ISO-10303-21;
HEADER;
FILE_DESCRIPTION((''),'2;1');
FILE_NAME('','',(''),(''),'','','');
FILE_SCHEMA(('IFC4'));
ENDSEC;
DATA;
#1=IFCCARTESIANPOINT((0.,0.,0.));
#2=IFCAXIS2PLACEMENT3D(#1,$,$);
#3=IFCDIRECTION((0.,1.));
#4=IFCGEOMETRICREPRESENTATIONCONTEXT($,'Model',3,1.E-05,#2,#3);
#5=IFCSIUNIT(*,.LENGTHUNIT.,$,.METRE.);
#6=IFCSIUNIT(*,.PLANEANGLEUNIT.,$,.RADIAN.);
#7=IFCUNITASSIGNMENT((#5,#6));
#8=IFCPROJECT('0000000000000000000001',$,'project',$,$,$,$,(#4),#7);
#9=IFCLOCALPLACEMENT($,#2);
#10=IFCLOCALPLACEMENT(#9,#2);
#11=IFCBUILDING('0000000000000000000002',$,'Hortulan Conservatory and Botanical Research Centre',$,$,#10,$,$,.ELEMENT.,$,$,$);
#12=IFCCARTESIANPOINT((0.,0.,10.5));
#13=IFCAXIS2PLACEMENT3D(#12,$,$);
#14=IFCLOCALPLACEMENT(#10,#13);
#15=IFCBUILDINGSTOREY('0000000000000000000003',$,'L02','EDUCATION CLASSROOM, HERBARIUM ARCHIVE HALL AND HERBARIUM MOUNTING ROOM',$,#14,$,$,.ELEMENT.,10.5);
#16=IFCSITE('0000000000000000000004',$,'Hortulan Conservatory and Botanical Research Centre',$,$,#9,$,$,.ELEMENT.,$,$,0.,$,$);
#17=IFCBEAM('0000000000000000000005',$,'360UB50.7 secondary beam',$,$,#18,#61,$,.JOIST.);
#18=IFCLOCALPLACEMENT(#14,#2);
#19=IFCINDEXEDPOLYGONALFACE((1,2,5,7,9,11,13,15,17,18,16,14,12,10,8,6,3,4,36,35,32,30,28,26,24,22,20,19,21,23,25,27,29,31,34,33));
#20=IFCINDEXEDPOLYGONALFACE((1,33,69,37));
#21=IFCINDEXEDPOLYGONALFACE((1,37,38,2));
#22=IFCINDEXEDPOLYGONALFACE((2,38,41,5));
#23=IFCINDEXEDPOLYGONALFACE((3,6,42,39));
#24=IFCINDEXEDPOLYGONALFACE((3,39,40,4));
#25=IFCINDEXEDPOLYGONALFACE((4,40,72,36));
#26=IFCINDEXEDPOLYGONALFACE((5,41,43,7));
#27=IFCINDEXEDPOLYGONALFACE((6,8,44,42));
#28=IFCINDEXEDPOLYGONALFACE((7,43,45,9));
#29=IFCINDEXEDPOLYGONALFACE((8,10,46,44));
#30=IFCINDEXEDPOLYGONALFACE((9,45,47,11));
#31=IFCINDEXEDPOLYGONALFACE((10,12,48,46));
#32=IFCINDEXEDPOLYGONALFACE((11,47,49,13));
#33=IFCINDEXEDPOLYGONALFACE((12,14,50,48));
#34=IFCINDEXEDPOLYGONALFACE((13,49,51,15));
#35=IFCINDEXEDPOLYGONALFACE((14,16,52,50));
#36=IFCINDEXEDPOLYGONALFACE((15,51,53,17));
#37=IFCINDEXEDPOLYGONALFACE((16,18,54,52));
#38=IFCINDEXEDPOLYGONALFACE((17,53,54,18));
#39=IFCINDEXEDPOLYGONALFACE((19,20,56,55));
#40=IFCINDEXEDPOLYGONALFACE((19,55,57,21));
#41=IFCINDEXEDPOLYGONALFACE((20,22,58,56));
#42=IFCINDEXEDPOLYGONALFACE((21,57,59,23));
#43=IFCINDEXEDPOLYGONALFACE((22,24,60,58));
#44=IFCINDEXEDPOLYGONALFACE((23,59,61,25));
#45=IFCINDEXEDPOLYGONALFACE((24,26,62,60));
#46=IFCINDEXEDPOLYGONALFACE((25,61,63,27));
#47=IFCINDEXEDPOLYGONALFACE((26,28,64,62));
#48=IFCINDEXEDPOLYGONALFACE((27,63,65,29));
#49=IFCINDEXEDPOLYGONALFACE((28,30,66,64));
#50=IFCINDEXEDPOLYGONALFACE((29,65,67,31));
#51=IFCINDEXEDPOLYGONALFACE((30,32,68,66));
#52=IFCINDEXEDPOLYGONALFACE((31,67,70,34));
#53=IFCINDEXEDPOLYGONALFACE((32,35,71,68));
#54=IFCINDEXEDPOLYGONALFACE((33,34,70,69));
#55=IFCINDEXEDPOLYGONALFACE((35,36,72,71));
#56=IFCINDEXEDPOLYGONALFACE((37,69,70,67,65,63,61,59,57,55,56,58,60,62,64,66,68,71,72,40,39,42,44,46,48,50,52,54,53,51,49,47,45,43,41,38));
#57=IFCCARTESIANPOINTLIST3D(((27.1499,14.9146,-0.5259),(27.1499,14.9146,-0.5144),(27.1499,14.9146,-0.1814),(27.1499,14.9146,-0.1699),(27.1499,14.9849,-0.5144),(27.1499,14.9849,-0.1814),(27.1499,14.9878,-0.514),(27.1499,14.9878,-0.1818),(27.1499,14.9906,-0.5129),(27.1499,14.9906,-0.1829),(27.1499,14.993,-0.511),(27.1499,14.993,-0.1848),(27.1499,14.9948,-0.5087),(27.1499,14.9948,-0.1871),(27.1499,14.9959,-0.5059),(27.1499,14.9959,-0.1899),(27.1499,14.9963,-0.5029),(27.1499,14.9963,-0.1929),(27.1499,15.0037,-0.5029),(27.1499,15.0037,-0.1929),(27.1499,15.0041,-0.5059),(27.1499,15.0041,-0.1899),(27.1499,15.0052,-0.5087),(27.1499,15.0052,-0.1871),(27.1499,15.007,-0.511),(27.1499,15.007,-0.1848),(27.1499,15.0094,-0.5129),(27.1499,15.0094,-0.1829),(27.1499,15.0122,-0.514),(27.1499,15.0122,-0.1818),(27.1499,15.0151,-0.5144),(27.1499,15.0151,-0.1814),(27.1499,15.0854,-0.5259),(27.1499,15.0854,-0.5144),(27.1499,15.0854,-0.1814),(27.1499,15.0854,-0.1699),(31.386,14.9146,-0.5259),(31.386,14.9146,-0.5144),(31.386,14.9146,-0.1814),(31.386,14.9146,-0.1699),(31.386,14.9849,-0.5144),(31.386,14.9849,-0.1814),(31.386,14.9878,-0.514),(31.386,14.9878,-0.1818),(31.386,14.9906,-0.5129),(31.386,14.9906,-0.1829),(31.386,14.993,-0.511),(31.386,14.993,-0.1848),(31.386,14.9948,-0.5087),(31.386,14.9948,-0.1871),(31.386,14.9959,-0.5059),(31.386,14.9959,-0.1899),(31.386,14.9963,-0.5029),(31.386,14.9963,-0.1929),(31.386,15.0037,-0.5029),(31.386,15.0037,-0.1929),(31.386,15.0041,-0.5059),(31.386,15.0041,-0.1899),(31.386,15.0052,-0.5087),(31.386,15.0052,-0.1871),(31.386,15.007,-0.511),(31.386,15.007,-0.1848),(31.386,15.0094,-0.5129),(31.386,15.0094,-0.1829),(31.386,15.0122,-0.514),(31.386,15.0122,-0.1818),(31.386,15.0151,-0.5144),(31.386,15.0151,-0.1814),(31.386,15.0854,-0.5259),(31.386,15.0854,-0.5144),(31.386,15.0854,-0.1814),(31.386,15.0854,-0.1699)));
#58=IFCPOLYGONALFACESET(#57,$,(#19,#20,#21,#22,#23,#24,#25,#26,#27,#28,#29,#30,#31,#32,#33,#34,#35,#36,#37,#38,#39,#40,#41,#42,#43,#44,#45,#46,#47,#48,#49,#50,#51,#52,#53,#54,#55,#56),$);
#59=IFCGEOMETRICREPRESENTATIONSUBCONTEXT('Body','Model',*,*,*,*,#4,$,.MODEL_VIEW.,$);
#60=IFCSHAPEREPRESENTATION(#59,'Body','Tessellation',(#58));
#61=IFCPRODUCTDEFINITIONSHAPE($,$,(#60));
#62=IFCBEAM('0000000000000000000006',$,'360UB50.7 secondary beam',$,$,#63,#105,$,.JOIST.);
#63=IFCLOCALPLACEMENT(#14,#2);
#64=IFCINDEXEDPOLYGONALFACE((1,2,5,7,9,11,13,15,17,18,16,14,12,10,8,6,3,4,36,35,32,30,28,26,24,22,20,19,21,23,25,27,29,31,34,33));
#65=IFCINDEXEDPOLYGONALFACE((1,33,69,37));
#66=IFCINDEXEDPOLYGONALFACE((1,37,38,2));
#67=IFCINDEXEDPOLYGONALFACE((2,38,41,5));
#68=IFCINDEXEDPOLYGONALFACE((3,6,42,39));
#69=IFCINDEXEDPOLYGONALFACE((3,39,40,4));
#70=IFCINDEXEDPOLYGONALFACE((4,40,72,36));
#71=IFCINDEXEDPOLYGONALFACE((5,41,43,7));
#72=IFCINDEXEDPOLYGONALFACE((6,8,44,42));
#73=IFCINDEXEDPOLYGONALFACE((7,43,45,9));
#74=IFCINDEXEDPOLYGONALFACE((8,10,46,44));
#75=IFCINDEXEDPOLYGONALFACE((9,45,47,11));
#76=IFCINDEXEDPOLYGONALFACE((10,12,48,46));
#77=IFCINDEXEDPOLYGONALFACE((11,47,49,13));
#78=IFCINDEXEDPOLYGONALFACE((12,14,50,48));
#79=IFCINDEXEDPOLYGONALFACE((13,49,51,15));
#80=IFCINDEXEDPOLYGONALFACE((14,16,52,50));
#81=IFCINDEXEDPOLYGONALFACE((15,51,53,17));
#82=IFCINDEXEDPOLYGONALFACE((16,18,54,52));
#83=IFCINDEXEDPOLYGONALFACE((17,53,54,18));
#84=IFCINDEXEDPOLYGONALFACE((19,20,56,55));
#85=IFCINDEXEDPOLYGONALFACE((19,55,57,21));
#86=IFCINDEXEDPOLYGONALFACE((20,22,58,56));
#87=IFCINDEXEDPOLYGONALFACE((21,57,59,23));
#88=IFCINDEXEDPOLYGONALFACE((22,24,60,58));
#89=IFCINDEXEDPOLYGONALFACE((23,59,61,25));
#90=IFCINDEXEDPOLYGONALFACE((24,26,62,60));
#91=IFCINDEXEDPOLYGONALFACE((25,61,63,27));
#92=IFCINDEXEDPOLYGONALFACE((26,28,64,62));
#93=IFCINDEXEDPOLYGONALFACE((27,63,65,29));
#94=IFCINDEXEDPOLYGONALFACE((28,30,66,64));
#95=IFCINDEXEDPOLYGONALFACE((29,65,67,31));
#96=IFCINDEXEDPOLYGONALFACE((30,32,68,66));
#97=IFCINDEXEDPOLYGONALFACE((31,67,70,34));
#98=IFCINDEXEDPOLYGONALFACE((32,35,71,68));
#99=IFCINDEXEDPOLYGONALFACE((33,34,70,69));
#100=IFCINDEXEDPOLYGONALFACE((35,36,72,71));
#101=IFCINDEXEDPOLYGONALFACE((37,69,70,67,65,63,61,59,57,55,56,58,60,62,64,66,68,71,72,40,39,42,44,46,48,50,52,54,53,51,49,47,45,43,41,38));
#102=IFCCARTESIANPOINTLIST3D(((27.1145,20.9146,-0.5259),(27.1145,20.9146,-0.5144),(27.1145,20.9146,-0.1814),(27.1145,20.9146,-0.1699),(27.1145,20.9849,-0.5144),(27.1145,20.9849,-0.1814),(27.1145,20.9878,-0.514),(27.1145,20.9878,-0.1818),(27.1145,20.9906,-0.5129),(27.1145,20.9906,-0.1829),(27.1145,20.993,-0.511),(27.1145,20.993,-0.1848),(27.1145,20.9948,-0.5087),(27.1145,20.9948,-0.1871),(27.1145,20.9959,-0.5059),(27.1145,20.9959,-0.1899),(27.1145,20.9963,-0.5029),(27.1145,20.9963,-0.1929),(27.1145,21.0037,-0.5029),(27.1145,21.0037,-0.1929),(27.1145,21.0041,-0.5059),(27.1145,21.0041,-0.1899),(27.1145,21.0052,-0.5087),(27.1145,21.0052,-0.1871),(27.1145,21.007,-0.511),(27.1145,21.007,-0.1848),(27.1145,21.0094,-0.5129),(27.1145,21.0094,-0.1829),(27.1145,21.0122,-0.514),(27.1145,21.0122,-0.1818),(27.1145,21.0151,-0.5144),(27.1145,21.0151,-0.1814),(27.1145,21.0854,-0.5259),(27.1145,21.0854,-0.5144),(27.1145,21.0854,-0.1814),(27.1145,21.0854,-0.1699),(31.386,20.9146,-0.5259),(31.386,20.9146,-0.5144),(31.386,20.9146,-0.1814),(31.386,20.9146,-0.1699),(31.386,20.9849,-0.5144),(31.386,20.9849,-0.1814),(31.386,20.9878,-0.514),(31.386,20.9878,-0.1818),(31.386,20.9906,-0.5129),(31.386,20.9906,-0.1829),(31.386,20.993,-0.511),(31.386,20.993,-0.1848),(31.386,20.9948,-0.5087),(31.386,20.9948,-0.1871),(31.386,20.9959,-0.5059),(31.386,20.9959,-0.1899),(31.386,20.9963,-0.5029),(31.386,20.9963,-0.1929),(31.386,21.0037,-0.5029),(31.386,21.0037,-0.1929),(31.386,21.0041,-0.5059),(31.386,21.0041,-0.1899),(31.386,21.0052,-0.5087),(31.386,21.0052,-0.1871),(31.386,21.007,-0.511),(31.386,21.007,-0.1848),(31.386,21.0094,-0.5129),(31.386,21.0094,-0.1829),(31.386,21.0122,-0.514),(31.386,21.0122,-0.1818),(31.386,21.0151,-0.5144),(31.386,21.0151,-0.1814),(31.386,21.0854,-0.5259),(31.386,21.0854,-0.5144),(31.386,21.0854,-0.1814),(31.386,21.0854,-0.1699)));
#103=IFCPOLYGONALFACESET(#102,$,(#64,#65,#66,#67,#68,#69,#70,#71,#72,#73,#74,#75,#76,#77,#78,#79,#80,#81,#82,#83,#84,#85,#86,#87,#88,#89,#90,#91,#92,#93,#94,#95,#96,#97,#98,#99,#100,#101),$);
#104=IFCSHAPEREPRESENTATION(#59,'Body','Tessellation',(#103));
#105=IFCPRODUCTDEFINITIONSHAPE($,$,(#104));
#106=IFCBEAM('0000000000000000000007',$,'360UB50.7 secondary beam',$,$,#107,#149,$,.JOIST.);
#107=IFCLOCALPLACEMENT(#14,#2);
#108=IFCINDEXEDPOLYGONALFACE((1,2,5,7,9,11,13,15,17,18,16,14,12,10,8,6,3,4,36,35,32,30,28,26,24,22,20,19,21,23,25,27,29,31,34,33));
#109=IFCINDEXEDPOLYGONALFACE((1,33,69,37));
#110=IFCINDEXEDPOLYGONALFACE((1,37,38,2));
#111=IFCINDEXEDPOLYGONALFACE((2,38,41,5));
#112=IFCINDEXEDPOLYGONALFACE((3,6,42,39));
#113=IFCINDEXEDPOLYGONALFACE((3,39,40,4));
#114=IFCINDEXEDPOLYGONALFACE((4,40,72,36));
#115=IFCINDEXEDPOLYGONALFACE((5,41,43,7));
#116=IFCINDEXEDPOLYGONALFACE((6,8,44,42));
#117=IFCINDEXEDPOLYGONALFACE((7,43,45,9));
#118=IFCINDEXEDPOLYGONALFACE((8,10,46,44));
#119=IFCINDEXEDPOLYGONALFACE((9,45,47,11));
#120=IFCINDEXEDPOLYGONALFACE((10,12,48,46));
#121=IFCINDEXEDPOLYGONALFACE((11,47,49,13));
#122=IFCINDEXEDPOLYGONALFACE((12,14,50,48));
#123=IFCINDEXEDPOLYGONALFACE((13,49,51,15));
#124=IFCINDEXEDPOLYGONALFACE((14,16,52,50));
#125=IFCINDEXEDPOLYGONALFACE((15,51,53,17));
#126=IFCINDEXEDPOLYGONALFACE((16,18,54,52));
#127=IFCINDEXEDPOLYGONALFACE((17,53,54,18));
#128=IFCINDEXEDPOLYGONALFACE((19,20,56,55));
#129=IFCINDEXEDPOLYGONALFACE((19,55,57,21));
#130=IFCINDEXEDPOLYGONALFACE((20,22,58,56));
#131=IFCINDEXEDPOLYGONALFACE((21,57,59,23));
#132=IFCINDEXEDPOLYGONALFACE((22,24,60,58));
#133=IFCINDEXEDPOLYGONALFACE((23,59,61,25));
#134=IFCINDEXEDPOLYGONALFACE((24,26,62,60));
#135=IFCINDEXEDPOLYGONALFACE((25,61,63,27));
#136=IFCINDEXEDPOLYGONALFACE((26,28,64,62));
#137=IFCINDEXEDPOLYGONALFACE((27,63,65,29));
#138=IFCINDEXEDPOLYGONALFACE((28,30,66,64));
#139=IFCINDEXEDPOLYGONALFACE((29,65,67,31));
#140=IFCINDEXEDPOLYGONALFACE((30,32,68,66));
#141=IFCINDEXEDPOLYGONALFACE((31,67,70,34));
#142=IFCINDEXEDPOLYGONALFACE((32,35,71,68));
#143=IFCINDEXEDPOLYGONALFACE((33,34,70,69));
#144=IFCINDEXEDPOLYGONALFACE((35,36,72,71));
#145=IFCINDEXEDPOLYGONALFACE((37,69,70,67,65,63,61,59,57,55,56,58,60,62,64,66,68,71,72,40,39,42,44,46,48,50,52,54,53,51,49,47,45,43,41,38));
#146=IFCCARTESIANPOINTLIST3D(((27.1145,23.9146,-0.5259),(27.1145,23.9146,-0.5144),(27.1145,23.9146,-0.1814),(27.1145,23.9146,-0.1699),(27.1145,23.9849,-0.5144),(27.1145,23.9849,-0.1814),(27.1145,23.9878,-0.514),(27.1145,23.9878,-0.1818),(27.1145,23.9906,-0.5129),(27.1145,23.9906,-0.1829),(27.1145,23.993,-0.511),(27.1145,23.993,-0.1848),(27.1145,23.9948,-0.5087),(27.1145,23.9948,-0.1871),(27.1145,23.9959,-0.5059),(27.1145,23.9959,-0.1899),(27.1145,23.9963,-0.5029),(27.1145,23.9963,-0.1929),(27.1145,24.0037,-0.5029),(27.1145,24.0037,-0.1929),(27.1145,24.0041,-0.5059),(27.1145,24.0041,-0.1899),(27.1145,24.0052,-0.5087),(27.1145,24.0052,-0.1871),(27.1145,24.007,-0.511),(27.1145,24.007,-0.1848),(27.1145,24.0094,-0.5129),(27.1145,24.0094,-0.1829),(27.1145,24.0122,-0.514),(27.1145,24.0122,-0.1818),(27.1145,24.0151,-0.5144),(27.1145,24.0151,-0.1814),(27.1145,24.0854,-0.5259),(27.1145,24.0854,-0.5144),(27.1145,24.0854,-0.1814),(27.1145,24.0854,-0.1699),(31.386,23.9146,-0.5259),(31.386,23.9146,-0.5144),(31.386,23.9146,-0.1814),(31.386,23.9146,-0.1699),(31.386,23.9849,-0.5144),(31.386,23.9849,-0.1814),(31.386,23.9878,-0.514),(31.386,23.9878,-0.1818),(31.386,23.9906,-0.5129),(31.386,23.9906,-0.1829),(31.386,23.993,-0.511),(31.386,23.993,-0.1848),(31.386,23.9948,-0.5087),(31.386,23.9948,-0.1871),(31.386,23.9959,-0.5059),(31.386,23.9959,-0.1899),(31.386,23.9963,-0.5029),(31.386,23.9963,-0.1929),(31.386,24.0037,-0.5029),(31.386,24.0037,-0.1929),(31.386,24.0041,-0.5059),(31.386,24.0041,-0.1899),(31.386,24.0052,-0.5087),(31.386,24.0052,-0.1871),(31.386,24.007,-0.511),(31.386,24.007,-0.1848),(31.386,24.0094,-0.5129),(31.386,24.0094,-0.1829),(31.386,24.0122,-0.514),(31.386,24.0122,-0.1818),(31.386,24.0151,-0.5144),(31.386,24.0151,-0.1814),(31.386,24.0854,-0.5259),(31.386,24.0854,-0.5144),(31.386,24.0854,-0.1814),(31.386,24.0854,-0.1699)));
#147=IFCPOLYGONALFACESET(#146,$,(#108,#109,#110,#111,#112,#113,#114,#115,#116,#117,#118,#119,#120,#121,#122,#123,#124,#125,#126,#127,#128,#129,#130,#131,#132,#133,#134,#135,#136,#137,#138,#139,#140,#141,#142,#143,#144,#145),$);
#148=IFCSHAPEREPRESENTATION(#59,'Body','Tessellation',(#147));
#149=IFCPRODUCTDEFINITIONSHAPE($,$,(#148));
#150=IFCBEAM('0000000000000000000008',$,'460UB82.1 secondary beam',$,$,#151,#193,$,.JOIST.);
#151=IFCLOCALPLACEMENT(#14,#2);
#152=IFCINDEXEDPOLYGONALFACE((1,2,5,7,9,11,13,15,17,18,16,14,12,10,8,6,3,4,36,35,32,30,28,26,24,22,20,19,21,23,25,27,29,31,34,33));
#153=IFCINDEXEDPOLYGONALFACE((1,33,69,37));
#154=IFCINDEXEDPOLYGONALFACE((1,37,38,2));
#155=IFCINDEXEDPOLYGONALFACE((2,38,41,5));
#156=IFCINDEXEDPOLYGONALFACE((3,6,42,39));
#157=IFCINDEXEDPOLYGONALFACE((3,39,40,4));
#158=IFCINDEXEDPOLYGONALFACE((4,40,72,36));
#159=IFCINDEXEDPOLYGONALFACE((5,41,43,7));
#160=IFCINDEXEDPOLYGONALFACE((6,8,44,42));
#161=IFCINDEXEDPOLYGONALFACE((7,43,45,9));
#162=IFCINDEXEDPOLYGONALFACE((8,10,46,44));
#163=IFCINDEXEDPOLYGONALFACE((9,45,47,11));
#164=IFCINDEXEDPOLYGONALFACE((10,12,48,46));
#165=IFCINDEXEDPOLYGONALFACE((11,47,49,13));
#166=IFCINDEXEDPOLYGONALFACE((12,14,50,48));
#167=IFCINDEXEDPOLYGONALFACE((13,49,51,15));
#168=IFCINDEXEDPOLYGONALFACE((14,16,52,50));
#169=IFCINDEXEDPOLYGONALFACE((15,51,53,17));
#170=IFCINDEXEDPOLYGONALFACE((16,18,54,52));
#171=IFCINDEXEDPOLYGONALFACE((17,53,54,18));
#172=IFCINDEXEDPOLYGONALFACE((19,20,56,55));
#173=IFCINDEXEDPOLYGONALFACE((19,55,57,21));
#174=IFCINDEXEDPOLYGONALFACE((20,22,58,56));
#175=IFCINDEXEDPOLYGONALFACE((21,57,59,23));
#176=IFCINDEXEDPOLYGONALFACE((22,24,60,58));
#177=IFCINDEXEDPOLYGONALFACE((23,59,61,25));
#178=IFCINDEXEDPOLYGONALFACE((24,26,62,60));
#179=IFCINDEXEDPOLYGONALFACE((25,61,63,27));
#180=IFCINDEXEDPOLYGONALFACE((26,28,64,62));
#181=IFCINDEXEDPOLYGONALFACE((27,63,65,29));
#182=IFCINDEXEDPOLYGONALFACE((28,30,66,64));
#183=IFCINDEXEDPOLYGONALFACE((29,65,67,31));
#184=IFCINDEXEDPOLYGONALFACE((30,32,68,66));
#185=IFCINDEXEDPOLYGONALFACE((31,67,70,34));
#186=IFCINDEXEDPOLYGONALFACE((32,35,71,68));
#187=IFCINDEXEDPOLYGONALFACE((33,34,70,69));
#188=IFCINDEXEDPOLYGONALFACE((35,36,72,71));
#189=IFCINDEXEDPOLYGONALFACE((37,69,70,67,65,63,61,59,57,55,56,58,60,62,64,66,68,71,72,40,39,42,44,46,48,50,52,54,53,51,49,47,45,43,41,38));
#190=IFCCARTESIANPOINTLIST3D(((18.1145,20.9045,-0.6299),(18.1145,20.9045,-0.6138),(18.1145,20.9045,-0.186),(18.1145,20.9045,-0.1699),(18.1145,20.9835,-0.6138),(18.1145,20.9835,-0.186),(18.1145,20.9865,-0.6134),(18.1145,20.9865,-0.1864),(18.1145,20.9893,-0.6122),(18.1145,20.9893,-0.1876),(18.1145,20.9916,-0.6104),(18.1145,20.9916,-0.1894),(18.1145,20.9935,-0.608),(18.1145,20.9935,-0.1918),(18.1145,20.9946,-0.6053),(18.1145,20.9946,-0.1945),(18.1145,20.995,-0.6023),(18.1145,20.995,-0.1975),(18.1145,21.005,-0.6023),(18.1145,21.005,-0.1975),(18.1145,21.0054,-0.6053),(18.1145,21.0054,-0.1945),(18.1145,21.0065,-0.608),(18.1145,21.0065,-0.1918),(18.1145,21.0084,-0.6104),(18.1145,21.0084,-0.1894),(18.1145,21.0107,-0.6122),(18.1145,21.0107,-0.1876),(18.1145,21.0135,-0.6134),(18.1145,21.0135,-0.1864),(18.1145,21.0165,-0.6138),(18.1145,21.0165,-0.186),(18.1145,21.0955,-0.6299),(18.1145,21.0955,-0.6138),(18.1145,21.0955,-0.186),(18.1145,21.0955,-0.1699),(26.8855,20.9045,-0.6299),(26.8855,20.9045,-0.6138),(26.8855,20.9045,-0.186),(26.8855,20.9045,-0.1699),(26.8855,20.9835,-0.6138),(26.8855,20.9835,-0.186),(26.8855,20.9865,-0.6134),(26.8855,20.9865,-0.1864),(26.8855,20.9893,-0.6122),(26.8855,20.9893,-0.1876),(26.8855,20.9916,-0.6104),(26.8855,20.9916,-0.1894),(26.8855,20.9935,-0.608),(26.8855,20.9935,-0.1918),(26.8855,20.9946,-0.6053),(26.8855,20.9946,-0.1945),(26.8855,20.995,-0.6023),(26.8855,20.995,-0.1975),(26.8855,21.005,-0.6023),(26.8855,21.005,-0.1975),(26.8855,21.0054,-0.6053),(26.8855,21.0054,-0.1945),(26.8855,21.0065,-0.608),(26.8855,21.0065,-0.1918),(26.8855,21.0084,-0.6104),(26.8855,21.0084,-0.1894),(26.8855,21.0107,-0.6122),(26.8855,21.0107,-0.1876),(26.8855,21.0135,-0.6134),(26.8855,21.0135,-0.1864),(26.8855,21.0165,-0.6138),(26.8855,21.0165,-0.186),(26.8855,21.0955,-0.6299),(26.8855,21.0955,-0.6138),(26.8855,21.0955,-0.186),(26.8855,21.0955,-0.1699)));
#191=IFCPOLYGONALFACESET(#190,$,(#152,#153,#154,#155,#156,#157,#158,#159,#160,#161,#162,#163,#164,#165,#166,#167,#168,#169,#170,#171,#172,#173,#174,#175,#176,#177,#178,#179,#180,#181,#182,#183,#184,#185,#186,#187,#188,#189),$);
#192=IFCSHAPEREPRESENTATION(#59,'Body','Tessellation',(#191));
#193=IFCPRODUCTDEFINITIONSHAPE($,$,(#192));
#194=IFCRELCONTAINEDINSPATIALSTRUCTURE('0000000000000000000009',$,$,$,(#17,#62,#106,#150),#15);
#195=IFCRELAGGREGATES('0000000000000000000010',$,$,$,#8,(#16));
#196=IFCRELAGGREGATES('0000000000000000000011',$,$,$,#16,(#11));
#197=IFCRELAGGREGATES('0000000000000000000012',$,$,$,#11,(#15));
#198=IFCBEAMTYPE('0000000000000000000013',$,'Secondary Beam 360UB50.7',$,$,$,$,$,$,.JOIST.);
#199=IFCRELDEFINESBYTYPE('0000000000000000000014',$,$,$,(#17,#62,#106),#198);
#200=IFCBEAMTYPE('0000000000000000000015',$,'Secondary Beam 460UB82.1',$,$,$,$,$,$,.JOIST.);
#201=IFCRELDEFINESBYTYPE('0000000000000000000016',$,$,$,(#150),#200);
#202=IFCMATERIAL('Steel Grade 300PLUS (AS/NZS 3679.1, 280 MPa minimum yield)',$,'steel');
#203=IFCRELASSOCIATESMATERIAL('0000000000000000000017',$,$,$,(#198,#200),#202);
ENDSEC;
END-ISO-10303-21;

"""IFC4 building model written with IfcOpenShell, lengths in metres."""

from ifc_helpers import new_model, si_unit, direction, frame, origin, origin_2d, place, context, subcontext, project, spatial, i_section, extrude, material, material_profile, profile_set, type_object, element, save


model = new_model("IFC4")

# Units and contexts
model_context = context("Model", 3, precision=1e-05, world=origin(), true_north=direction((0.0, 1.0)))
body_context = subcontext(model_context, "Body", "Model", "MODEL_VIEW")
ifc_project = project(units=[si_unit("LENGTHUNIT", "METRE"), si_unit("PLANEANGLEUNIT", "RADIAN")], contexts=[model_context])

# Site, building, storey
site_placement = place(None, origin())
site = spatial("IfcSite", under=ifc_project, at=site_placement, Name="Hortulan Conservatory and Botanical Research Centre", CompositionType="ELEMENT", RefElevation=0.0)
building_placement = place(site_placement, origin())
building = spatial("IfcBuilding", under=site, at=building_placement, Name="Hortulan Conservatory and Botanical Research Centre", CompositionType="ELEMENT")
storey_placement = place(building_placement, frame((0.0, 0.0, 10.5)))
storey = spatial("IfcBuildingStorey", under=building, at=storey_placement, Name="L02", Description="EDUCATION CLASSROOM, HERBARIUM ARCHIVE HALL AND HERBARIUM MOUNTING ROOM", CompositionType="ELEMENT", Elevation=10.5)

# Beams
ifc_material_1 = material(Name="Steel Grade 300PLUS (AS/NZS 3679.1, 280 MPa minimum yield)", Category="steel")
ifc_material_profile_1 = material_profile(ifc_material_1, i_section(OverallWidth=0.1709, OverallDepth=0.356, WebThickness=0.0073, FlangeThickness=0.0115, FilletRadius=0.0115, at=origin_2d()), Name="360UB50.7")
ifc_profile_set_1 = profile_set([ifc_material_profile_1], Name="Steel Grade 300PLUS (AS/NZS 3679.1, 280 MPa minimum yield)")
beam_type_1 = type_object("IfcBeamType", Name="Secondary Beam 360UB50.7", PredefinedType="JOIST", material=ifc_profile_set_1)
for number, where, z_axis, x_axis, name in (
    (1, (27.1499, 15.0, -0.3479), (1.0, 0.0, 0.0), (0.0, 1.0, 0.0), "360UB50.7 secondary beam"),
):
    element("IfcBeam", number, at=place(storey_placement, frame(where, z_axis=z_axis, x_axis=x_axis)), inside=storey, type_object=beam_type_1, Name=name, PredefinedType="JOIST", context=body_context, shape_type="SweptSolid", body=[
        extrude(i_section(OverallWidth=0.1709, OverallDepth=0.356, WebThickness=0.0073, FlangeThickness=0.0115, FilletRadius=0.0115, at=origin_2d()), origin(), (0.0, 0.0, 1.0), 4.2361),
    ])
for number, where, z_axis, x_axis, name in (
    (2, (27.1145, 21.0, -0.3479), (1.0, 0.0, 0.0), (0.0, 1.0, 0.0), "360UB50.7 secondary beam"),
    (3, (27.1145, 24.0, -0.3479), (1.0, 0.0, 0.0), (0.0, 1.0, 0.0), "360UB50.7 secondary beam"),
):
    element("IfcBeam", number, at=place(storey_placement, frame(where, z_axis=z_axis, x_axis=x_axis)), inside=storey, type_object=beam_type_1, Name=name, PredefinedType="JOIST", context=body_context, shape_type="SweptSolid", body=[
        extrude(i_section(OverallWidth=0.1709, OverallDepth=0.356, WebThickness=0.0073, FlangeThickness=0.0115, FilletRadius=0.0115, at=origin_2d()), origin(), (0.0, 0.0, 1.0), 4.2715),
    ])
ifc_material_profile_2 = material_profile(ifc_material_1, i_section(OverallWidth=0.1909, OverallDepth=0.46, WebThickness=0.01, FlangeThickness=0.0161, FilletRadius=0.0115, at=origin_2d()), Name="460UB82.1")
ifc_profile_set_2 = profile_set([ifc_material_profile_2], Name="Steel Grade 300PLUS (AS/NZS 3679.1, 280 MPa minimum yield)")
beam_type_2 = type_object("IfcBeamType", Name="Secondary Beam 460UB82.1", PredefinedType="JOIST", material=ifc_profile_set_2)
for number, where, z_axis, x_axis, name in (
    (4, (18.1145, 21.0, -0.3999), (1.0, 0.0, 0.0), (0.0, 1.0, 0.0), "460UB82.1 secondary beam"),
):
    element("IfcBeam", number, at=place(storey_placement, frame(where, z_axis=z_axis, x_axis=x_axis)), inside=storey, type_object=beam_type_2, Name=name, PredefinedType="JOIST", context=body_context, shape_type="SweptSolid", body=[
        extrude(i_section(OverallWidth=0.1909, OverallDepth=0.46, WebThickness=0.01, FlangeThickness=0.0161, FilletRadius=0.0115, at=origin_2d()), origin(), (0.0, 0.0, 1.0), 8.771),
    ])

save(model, "model.ifc")
